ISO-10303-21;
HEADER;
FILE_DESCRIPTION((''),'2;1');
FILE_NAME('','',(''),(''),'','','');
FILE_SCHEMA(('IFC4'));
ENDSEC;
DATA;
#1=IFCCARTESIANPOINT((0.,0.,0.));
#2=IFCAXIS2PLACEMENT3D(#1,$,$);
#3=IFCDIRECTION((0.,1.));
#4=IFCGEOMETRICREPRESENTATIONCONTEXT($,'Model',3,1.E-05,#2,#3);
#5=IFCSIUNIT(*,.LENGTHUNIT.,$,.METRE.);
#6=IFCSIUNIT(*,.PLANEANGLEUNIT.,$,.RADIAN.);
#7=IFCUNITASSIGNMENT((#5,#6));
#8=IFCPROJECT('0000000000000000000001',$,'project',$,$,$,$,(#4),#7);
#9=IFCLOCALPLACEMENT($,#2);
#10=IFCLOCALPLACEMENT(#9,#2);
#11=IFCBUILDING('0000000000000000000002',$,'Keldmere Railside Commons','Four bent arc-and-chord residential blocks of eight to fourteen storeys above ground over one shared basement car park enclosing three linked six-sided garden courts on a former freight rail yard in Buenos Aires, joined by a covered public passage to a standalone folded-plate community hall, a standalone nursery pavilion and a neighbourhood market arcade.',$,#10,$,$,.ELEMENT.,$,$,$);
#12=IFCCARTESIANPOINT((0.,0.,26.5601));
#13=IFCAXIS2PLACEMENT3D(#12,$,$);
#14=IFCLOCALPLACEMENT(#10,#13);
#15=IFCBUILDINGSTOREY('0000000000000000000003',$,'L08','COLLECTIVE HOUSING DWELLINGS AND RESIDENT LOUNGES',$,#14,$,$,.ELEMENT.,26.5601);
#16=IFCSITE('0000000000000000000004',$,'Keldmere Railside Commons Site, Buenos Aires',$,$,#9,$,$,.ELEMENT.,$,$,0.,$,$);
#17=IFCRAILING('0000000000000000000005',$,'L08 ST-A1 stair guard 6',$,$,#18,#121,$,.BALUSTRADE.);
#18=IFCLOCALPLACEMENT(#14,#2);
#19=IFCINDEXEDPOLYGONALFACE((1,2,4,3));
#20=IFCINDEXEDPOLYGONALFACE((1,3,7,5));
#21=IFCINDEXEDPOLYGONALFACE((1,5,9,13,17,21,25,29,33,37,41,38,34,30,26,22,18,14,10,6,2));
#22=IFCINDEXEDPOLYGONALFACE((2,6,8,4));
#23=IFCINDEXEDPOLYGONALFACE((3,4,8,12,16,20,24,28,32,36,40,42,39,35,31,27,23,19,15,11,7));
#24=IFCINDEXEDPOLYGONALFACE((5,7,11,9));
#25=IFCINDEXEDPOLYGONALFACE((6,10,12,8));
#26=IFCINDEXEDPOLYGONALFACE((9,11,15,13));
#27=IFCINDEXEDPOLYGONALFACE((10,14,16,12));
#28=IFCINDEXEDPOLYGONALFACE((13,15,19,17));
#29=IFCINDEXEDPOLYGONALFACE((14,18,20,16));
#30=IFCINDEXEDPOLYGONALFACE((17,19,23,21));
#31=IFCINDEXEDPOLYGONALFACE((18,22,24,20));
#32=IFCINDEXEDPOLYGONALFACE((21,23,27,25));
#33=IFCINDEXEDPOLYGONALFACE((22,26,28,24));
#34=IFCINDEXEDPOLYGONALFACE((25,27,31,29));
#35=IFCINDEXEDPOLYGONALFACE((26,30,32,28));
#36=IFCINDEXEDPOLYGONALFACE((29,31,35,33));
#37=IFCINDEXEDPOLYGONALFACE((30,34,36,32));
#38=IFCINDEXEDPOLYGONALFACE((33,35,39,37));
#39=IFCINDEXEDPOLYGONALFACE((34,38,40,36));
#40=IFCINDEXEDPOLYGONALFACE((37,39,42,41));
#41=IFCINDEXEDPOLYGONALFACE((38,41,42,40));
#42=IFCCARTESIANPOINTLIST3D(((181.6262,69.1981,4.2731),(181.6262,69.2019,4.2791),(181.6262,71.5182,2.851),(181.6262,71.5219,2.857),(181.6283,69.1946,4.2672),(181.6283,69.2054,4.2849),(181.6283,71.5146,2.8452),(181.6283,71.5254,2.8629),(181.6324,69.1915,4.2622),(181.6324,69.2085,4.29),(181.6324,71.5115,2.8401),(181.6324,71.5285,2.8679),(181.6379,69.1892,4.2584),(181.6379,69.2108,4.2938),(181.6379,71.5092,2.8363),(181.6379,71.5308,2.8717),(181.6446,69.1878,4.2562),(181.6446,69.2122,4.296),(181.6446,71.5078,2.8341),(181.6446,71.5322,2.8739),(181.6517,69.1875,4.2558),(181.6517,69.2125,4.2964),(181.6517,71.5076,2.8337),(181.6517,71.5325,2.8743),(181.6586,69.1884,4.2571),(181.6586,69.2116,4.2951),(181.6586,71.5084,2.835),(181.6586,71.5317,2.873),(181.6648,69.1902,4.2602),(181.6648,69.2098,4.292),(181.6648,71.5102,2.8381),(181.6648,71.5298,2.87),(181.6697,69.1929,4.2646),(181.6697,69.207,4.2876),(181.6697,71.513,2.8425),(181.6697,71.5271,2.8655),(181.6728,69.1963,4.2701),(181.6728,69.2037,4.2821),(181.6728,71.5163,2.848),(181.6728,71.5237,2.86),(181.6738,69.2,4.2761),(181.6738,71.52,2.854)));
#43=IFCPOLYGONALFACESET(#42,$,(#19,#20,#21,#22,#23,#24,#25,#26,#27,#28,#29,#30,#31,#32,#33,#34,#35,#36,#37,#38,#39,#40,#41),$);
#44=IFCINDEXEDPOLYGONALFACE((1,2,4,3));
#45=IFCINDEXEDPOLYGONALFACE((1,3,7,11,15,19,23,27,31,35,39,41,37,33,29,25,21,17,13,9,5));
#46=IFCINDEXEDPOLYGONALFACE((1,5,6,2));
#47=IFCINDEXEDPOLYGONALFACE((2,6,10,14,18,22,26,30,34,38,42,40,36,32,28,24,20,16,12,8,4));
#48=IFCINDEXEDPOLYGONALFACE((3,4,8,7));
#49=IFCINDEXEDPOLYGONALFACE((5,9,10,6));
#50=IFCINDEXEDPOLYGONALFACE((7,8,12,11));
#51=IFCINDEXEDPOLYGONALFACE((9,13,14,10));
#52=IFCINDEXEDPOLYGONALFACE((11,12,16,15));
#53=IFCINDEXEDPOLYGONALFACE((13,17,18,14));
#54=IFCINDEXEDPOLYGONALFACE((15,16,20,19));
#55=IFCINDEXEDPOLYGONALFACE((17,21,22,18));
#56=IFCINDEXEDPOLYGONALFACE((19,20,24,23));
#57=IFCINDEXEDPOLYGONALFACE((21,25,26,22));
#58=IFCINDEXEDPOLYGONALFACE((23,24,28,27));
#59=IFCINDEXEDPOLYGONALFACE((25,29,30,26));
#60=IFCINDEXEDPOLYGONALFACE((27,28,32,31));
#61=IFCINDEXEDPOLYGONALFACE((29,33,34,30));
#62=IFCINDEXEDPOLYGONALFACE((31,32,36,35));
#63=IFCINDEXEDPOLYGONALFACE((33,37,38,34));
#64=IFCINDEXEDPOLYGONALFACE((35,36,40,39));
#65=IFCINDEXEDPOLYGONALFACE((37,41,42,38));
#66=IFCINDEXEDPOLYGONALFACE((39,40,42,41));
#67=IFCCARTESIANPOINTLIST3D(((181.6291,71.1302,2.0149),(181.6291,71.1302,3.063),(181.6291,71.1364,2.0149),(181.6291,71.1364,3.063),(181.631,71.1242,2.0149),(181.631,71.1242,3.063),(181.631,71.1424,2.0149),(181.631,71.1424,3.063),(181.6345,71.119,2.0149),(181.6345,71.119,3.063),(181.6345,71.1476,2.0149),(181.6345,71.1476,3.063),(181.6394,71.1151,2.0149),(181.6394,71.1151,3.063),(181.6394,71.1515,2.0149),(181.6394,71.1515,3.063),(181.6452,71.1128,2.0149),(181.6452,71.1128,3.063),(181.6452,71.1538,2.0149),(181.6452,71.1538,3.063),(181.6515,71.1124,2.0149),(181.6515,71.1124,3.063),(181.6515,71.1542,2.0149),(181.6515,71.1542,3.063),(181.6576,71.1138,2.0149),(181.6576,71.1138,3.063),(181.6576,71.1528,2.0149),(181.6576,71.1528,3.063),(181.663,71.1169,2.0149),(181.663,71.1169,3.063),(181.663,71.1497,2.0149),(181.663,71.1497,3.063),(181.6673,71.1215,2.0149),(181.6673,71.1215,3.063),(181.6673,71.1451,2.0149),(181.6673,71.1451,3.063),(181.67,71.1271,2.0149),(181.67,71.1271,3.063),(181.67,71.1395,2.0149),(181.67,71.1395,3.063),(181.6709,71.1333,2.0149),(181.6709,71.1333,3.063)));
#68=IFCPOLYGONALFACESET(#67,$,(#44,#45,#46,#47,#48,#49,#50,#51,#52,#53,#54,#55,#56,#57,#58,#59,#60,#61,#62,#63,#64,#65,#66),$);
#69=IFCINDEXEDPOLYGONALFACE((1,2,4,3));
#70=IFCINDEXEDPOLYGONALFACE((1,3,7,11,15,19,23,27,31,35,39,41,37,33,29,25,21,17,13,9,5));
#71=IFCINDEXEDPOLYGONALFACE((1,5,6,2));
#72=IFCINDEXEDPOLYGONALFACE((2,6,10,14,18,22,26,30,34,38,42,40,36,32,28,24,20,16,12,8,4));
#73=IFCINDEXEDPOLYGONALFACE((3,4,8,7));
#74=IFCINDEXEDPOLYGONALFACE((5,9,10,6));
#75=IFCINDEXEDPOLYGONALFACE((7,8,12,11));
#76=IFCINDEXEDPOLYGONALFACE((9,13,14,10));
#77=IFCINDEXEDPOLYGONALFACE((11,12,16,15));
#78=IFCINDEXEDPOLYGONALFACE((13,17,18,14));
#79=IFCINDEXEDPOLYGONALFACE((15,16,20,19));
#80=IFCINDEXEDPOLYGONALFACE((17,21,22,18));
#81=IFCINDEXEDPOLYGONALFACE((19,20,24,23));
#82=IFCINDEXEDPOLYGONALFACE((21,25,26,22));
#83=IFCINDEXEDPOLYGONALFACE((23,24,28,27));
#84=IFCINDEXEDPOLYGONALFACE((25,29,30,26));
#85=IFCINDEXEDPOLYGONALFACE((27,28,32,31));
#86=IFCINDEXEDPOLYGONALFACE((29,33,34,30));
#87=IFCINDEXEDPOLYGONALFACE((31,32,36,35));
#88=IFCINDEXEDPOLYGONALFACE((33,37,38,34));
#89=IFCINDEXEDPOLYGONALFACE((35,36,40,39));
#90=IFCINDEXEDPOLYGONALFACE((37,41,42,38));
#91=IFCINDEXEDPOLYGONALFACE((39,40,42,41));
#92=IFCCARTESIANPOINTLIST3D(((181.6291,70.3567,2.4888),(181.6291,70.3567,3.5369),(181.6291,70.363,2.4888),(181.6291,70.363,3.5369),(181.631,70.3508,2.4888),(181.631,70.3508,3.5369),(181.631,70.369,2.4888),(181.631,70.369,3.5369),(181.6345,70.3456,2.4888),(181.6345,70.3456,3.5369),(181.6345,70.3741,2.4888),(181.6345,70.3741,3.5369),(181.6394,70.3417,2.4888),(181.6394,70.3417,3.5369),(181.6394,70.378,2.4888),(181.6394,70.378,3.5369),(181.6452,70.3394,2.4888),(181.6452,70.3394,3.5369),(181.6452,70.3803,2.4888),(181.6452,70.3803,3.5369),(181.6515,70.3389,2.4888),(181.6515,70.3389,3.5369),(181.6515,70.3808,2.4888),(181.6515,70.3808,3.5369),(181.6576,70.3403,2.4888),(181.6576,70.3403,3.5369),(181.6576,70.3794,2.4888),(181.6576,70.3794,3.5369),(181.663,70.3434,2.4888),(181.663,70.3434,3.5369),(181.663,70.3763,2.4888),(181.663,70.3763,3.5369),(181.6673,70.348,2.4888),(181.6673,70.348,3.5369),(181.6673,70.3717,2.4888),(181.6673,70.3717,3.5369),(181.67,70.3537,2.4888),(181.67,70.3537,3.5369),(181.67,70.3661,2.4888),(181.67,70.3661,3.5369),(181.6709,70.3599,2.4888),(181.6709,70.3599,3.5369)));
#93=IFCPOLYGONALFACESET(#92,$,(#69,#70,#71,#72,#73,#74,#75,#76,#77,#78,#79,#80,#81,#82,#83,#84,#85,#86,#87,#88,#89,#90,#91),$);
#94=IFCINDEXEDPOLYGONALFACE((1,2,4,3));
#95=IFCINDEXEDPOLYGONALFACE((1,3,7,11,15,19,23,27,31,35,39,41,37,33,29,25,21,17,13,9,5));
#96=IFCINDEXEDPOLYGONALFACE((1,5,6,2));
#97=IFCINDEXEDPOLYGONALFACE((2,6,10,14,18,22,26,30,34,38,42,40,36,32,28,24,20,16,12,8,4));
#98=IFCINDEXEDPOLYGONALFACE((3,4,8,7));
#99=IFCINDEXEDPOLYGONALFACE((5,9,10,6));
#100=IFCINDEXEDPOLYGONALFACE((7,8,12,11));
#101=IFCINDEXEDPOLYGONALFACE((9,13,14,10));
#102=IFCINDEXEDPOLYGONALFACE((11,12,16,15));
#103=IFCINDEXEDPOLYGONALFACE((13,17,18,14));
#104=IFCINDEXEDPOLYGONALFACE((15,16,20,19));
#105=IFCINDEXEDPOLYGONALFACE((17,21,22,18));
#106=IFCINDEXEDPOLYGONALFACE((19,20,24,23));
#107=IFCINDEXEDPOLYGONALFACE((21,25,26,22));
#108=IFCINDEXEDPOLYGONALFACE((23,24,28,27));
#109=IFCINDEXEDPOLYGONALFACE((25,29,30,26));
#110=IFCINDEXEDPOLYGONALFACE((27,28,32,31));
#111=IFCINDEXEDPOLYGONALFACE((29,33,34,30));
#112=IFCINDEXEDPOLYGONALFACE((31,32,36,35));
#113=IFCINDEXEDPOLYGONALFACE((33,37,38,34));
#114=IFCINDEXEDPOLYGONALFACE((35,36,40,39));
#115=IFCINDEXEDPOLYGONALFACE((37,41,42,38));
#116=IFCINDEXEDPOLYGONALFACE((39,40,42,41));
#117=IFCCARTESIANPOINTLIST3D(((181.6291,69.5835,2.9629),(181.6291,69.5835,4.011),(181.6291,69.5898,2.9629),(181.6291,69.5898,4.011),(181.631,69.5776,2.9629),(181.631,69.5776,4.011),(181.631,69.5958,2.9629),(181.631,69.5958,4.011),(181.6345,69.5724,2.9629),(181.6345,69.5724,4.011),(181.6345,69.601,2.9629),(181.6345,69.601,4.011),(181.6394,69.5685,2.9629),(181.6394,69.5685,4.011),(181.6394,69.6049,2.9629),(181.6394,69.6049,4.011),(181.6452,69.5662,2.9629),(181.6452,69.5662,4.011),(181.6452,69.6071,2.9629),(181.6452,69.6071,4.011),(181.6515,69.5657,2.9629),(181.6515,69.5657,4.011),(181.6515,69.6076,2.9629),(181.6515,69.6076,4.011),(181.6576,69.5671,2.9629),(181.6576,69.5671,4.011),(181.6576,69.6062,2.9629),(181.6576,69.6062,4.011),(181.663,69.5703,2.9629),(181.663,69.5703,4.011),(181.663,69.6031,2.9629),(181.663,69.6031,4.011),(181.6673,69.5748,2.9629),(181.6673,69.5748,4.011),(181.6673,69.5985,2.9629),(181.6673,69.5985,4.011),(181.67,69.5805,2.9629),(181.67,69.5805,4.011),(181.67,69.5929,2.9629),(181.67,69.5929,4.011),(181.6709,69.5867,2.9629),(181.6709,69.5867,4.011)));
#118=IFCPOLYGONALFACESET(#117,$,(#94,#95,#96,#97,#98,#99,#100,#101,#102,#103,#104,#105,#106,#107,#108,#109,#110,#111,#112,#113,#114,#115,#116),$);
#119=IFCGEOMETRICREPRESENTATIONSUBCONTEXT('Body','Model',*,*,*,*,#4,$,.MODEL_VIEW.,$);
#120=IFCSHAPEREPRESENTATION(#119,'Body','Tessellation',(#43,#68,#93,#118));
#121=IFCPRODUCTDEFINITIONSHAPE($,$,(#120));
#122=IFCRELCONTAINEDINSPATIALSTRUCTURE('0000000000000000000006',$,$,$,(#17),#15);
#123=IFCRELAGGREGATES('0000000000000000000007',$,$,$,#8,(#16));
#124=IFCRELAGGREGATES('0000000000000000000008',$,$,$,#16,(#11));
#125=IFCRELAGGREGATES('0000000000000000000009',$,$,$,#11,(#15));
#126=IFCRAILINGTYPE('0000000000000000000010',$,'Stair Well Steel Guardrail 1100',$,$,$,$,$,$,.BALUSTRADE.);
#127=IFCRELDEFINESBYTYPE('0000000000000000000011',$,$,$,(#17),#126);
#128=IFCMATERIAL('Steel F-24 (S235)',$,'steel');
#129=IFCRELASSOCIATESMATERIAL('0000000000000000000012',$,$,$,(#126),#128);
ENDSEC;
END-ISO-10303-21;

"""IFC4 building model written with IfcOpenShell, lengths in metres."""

from ifc_helpers import new_model, si_unit, direction, frame, origin, origin_2d, place, context, subcontext, project, spatial, circle, extrude, material, type_object, element, save


model = new_model("IFC4")

# Units and contexts
model_context = context("Model", 3, precision=1e-05, world=origin(), true_north=direction((0.0, 1.0)))
body_context = subcontext(model_context, "Body", "Model", "MODEL_VIEW")
ifc_project = project(units=[si_unit("LENGTHUNIT", "METRE"), si_unit("PLANEANGLEUNIT", "RADIAN")], contexts=[model_context])

# Site, building, storey
site_placement = place(None, origin())
site = spatial("IfcSite", under=ifc_project, at=site_placement, Name="Keldmere Railside Commons Site, Buenos Aires", CompositionType="ELEMENT", RefElevation=0.0)
building_placement = place(site_placement, origin())
building = spatial("IfcBuilding", under=site, at=building_placement, Name="Keldmere Railside Commons", Description="Four bent arc-and-chord residential blocks of eight to fourteen storeys above ground over one shared basement car park enclosing three linked six-sided garden courts on a former freight rail yard in Buenos Aires, joined by a covered public passage to a standalone folded-plate community hall, a standalone nursery pavilion and a neighbourhood market arcade.", CompositionType="ELEMENT")
storey_placement = place(building_placement, frame((0.0, 0.0, 26.5601)))
storey = spatial("IfcBuildingStorey", under=building, at=storey_placement, Name="L08", Description="COLLECTIVE HOUSING DWELLINGS AND RESIDENT LOUNGES", CompositionType="ELEMENT", Elevation=26.5601)

# Shared definitions
ifc_material_1 = material(Name="Steel F-24 (S235)", Category="steel")

# Railing
railing_type_1 = type_object("IfcRailingType", Name="Stair Well Steel Guardrail 1100", PredefinedType="BALUSTRADE", material=ifc_material_1)
railing_1_placement = place(storey_placement, frame((181.6499, 71.52, 1.7778)))
element("IfcRailing", 1, at=railing_1_placement, inside=storey, type_object=railing_type_1, Name="L08 ST-A1 stair guard 6", PredefinedType="BALUSTRADE", context=body_context, shape_type="SweptSolid", body=[
    extrude(circle(Radius=0.0239, at=origin_2d()), frame((0.0, 0.0, 1.0762), z_axis=(0.0, -0.852578, 0.5226), x_axis=(1.0, 0.0, 0.0)), (0.0, 0.0, 1.0), 2.7212),
    extrude(circle(Radius=0.021, at=origin_2d()), frame((0.0, -0.3867, 0.2371)), (0.0, 0.0, 1.0), 1.0481),
    extrude(circle(Radius=0.021, at=origin_2d()), frame((0.0, -1.1602, 0.7109)), (0.0, 0.0, 1.0), 1.0481),
    extrude(circle(Radius=0.021, at=origin_2d()), frame((0.0, -1.9333, 1.1851)), (0.0, 0.0, 1.0), 1.0481),
])

save(model, "model.ifc")
